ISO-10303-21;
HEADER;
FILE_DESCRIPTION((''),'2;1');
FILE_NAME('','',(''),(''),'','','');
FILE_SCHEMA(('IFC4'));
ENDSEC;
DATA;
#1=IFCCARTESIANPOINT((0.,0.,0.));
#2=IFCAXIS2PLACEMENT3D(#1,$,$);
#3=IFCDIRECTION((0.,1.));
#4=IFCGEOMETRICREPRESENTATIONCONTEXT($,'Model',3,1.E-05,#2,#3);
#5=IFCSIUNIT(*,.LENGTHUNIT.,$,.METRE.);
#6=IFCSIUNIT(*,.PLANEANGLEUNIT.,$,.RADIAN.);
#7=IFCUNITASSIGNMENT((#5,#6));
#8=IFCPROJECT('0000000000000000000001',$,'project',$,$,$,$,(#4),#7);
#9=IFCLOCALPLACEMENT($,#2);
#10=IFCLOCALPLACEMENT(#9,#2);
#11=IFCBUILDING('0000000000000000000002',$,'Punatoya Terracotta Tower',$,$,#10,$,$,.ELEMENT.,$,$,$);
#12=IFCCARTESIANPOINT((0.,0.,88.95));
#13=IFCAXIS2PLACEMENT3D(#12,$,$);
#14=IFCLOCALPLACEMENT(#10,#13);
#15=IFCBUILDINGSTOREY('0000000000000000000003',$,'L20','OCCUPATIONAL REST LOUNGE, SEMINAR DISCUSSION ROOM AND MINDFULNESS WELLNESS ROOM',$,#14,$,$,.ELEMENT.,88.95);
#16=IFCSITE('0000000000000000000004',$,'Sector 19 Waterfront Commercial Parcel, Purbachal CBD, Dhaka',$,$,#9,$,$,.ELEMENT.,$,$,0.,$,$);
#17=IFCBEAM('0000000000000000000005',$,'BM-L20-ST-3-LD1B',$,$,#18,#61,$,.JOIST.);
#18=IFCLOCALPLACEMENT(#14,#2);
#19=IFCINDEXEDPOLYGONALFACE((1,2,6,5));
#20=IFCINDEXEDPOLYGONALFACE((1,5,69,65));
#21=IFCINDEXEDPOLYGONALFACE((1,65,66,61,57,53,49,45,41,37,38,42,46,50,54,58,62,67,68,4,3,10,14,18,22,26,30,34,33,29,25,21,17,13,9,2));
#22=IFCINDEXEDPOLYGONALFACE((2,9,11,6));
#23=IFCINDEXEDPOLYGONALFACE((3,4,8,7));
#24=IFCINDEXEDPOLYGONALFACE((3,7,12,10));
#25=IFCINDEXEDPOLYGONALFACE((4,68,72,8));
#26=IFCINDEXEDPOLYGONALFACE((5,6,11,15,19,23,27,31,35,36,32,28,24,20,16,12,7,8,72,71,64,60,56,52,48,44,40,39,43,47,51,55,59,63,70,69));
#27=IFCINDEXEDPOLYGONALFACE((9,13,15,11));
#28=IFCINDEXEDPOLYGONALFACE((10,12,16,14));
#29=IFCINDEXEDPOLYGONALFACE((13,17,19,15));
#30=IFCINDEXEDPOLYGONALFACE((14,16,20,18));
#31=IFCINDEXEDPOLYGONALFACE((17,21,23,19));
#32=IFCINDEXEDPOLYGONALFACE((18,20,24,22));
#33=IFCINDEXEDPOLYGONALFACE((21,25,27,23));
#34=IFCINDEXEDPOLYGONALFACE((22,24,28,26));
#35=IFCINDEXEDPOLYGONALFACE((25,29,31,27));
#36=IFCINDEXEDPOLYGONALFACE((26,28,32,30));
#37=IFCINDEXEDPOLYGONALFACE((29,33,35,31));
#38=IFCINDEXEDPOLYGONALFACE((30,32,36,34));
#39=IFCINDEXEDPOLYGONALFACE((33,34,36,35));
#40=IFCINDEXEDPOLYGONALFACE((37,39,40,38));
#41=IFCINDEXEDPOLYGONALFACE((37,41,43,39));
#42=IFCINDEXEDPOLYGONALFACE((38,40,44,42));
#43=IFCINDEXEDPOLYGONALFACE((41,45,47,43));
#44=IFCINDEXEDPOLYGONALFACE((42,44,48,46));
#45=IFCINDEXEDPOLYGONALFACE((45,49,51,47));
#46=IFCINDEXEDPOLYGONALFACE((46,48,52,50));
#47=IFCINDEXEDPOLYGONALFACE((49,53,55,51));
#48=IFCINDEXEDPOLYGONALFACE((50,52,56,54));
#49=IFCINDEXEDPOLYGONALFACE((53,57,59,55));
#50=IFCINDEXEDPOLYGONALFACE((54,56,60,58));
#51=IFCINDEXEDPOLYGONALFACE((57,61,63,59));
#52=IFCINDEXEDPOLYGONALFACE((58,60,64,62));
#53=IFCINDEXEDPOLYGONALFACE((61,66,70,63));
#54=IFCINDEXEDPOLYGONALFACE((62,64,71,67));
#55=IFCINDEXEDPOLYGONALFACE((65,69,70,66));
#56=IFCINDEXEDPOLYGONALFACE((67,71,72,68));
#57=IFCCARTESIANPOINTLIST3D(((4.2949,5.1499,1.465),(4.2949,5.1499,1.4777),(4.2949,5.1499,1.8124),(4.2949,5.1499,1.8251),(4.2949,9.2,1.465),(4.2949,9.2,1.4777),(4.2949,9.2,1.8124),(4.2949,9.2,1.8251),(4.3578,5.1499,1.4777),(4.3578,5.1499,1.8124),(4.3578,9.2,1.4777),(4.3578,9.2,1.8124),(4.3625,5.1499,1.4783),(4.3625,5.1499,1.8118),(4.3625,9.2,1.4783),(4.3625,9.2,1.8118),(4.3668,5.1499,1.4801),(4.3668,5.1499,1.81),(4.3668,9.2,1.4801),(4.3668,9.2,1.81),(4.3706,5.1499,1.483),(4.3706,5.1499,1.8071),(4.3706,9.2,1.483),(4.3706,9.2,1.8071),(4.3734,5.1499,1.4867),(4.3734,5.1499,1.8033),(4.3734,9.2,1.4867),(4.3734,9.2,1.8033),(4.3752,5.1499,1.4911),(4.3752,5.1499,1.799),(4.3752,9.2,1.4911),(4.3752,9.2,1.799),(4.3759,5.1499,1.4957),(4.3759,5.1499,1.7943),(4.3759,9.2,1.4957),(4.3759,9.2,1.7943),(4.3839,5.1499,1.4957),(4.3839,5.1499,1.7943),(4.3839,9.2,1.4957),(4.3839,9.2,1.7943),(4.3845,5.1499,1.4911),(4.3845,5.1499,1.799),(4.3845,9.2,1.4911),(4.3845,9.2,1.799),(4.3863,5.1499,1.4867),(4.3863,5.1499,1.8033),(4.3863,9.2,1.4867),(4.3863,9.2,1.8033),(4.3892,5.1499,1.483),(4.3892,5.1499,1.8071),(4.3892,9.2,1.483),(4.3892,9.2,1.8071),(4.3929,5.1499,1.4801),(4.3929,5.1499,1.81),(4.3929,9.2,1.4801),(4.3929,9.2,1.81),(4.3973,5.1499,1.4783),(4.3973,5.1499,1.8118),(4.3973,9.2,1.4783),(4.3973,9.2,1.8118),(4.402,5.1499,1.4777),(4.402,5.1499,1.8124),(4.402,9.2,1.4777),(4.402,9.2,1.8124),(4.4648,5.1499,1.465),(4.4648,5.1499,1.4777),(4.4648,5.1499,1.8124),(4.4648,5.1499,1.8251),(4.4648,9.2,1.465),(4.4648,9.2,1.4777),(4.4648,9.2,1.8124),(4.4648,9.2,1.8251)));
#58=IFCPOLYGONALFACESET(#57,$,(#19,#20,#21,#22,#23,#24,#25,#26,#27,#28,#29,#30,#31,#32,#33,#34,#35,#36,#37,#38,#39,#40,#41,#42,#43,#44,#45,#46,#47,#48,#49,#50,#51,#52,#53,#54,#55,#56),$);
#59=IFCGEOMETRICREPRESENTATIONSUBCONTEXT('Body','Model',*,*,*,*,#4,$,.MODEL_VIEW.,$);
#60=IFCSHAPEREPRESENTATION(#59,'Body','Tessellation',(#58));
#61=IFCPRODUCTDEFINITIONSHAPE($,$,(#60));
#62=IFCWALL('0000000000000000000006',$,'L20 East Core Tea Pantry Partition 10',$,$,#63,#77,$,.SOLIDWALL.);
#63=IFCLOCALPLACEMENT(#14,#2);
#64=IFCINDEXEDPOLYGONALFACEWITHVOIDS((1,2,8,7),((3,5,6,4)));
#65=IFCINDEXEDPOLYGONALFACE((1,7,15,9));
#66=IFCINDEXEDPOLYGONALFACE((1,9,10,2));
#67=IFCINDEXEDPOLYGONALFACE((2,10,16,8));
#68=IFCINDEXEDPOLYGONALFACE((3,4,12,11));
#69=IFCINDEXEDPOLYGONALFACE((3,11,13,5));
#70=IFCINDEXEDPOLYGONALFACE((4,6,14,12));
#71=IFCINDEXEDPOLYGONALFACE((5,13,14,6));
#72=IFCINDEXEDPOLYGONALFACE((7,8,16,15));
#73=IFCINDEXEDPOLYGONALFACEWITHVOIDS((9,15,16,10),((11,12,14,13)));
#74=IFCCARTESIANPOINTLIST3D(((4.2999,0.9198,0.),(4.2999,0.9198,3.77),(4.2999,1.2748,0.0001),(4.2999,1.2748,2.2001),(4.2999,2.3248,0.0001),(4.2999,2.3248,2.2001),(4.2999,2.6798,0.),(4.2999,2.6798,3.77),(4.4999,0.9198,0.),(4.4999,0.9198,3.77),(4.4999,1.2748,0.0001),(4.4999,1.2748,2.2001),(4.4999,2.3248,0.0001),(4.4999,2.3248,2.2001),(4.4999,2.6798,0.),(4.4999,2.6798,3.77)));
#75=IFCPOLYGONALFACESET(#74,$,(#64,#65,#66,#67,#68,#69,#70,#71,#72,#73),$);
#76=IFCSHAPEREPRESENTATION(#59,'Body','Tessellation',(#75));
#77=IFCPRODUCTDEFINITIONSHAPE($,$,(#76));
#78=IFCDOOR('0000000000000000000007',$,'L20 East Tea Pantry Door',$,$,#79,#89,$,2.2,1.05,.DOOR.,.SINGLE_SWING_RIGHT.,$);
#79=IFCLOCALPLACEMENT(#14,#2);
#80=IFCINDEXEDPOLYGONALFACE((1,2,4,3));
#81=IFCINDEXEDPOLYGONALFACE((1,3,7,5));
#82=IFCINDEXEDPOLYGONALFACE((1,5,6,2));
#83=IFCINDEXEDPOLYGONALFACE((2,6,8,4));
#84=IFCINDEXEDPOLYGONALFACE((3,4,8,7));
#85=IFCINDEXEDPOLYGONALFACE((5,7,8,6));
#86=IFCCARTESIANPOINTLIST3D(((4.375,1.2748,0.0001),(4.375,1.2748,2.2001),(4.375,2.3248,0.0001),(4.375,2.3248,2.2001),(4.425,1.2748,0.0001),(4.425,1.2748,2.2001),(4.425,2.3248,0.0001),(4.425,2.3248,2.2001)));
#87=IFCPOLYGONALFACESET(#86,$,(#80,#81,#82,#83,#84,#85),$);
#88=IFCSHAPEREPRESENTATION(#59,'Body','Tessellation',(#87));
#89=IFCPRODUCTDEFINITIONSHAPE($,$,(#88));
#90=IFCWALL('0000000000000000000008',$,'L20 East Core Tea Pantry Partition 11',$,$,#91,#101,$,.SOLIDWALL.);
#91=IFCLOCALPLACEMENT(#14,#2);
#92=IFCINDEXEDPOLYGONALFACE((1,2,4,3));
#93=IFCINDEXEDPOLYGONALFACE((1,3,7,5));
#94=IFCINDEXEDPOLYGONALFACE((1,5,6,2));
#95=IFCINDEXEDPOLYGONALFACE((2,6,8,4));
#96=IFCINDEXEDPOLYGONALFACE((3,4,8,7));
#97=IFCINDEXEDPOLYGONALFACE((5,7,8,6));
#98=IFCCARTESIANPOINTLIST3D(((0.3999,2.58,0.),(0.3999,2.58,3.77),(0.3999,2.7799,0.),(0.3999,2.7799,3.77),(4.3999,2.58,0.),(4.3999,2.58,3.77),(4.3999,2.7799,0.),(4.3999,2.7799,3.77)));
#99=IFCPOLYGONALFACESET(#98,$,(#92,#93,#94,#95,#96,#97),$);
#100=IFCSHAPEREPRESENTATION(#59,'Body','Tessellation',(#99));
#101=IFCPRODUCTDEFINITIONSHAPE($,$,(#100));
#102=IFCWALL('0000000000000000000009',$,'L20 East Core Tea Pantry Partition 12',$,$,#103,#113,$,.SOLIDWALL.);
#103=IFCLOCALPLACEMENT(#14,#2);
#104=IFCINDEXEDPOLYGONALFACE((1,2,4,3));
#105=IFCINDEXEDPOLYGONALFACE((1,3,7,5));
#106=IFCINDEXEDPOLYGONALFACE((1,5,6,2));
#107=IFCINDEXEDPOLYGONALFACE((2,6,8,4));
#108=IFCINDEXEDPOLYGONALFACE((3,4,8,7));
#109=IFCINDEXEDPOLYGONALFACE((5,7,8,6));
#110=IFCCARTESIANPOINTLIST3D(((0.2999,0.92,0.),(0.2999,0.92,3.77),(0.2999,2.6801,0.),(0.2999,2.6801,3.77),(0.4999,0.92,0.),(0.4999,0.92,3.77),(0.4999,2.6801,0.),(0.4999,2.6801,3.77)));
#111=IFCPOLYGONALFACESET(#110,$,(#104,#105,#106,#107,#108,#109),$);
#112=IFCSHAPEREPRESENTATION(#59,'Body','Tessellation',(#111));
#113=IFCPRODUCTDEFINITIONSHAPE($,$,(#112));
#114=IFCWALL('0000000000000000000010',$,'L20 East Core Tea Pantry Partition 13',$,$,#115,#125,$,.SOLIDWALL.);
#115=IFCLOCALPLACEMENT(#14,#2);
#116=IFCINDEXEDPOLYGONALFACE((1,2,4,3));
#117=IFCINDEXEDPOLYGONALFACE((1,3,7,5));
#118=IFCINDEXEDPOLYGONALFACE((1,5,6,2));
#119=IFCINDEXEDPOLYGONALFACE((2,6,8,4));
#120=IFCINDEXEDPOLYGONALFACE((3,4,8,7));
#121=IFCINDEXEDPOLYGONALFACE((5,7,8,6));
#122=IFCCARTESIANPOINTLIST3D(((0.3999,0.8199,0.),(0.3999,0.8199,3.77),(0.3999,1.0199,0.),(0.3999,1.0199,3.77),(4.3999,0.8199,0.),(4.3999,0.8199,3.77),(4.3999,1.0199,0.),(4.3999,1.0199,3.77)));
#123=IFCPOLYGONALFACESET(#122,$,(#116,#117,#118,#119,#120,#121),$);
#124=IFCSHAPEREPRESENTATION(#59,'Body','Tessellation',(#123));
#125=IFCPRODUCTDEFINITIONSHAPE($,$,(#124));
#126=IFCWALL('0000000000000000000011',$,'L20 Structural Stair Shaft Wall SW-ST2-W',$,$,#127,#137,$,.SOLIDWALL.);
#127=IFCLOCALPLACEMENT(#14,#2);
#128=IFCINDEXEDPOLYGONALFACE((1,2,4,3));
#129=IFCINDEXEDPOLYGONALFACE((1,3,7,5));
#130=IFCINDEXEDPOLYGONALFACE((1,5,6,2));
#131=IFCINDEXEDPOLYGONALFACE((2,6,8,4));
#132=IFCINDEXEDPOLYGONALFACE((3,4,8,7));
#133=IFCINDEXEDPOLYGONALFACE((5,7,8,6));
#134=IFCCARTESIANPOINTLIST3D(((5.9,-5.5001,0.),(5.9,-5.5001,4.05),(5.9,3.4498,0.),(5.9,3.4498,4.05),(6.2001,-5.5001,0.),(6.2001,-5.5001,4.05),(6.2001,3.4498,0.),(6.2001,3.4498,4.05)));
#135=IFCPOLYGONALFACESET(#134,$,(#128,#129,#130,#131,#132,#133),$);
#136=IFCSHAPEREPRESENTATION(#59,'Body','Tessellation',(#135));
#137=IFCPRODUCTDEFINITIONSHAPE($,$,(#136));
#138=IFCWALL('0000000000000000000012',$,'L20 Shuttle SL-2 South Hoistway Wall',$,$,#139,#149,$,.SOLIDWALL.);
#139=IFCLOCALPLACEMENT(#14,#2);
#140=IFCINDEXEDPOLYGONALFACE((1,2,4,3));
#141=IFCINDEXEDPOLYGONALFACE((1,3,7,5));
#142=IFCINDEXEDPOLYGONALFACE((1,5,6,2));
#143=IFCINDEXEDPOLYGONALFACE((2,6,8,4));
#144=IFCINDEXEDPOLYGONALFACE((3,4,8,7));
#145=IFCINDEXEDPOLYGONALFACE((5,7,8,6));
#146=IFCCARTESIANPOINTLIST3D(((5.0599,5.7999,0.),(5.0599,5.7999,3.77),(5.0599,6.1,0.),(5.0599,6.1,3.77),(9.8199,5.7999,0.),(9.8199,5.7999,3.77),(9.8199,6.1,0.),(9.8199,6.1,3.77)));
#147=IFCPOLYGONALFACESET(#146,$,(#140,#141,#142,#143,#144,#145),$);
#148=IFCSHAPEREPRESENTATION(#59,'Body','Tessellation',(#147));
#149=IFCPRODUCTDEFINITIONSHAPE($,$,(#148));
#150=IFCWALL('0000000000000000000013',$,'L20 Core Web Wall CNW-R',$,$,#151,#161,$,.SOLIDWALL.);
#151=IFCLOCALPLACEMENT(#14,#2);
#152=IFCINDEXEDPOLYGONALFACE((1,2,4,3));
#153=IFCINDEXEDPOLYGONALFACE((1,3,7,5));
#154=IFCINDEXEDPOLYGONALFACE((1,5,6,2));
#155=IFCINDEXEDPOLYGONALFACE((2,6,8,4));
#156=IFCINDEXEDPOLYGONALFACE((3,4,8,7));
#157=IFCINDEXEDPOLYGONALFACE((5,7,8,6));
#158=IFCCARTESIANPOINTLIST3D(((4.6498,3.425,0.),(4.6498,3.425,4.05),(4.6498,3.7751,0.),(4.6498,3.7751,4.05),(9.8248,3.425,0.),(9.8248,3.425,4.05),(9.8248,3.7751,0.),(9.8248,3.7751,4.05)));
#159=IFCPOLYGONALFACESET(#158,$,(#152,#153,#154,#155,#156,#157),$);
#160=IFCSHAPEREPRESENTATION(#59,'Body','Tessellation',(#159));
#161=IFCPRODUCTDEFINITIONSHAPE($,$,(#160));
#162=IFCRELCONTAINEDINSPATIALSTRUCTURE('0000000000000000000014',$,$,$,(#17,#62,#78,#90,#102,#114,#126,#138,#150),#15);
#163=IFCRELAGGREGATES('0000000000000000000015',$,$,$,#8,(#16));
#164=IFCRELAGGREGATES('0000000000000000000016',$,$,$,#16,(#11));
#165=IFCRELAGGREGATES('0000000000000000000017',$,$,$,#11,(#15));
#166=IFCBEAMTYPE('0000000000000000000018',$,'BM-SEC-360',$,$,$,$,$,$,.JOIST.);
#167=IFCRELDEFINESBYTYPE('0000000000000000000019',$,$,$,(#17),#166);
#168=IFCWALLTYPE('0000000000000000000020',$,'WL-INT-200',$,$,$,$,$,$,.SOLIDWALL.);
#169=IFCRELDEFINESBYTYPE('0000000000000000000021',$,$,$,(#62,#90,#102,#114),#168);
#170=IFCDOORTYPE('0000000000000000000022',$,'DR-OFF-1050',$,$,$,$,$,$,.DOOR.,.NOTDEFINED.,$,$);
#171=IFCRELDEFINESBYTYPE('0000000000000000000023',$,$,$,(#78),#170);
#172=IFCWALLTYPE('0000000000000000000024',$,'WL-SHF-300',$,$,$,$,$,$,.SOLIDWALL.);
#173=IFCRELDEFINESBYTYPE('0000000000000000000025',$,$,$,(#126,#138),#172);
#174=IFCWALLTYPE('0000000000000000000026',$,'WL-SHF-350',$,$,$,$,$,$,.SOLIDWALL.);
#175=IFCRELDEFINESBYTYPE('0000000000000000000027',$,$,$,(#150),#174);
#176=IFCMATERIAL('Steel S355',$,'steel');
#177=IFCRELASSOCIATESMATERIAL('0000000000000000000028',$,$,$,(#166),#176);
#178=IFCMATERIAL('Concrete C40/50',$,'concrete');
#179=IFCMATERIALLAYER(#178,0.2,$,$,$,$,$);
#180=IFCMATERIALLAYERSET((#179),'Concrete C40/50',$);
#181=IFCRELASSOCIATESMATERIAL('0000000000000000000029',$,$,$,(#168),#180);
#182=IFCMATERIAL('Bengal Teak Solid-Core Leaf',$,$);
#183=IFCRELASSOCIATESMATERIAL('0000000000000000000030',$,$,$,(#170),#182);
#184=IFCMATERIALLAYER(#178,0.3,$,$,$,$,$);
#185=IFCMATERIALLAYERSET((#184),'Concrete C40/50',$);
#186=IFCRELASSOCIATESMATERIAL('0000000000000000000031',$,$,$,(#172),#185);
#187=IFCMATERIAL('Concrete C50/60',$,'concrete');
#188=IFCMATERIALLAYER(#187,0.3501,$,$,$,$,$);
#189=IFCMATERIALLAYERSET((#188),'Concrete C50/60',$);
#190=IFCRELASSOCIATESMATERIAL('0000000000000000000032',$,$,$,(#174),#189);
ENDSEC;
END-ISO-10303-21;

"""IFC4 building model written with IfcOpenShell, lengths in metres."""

from ifc_helpers import new_model, si_unit, direction, frame, frame_2d, origin, origin_2d, place, context, subcontext, project, spatial, rectangle, i_section, extrude, material, layer, layer_set, material_profile, profile_set, type_object, element, fill, save


model = new_model("IFC4")

# Units and contexts
model_context = context("Model", 3, precision=1e-05, world=origin(), true_north=direction((0.0, 1.0)))
body_context = subcontext(model_context, "Body", "Model", "MODEL_VIEW")
ifc_project = project(units=[si_unit("LENGTHUNIT", "METRE"), si_unit("PLANEANGLEUNIT", "RADIAN")], contexts=[model_context])

# Site, building, storey
site_placement = place(None, origin())
site = spatial("IfcSite", under=ifc_project, at=site_placement, Name="Sector 19 Waterfront Commercial Parcel, Purbachal CBD, Dhaka", CompositionType="ELEMENT", RefElevation=0.0)
building_placement = place(site_placement, origin())
building = spatial("IfcBuilding", under=site, at=building_placement, Name="Punatoya Terracotta Tower", CompositionType="ELEMENT")
storey_placement = place(building_placement, frame((0.0, 0.0, 88.95)))
storey = spatial("IfcBuildingStorey", under=building, at=storey_placement, Name="L20", Description="OCCUPATIONAL REST LOUNGE, SEMINAR DISCUSSION ROOM AND MINDFULNESS WELLNESS ROOM", CompositionType="ELEMENT", Elevation=88.95)

# Beam
ifc_material_1 = material(Name="Steel S355", Category="steel")
ifc_material_profile_1 = material_profile(ifc_material_1, i_section(OverallWidth=0.1699, OverallDepth=0.3601, WebThickness=0.0081, FlangeThickness=0.0127, FilletRadius=0.0181, at=origin_2d()))
ifc_profile_set_1 = profile_set([ifc_material_profile_1], Name="Steel S355")
beam_type_1 = type_object("IfcBeamType", Name="BM-SEC-360", PredefinedType="JOIST", material=ifc_profile_set_1)
for number, where, z_axis, x_axis, name in (
    (1, (4.3799, 5.1499, 1.645), (0.0, 1.0, 0.0), (-1.0, 0.0, 0.0), "BM-L20-ST-3-LD1B"),
):
    element("IfcBeam", number, at=place(storey_placement, frame(where, z_axis=z_axis, x_axis=x_axis)), inside=storey, type_object=beam_type_1, Name=name, PredefinedType="JOIST", context=body_context, shape_type="SweptSolid", body=[
        extrude(i_section(OverallWidth=0.1699, OverallDepth=0.3601, WebThickness=0.0081, FlangeThickness=0.0127, FilletRadius=0.0181, at=origin_2d()), origin(), (0.0, 0.0, 1.0), 4.05),
    ])

# Wall, opening, door
ifc_material_2 = material(Name="Concrete C40/50", Category="concrete")
ifc_layer_1 = layer(ifc_material_2, 0.2)
ifc_layer_set_1 = layer_set([ifc_layer_1], Name="Concrete C40/50")
wall_type_1 = type_object("IfcWallType", Name="WL-INT-200", PredefinedType="SOLIDWALL", material=ifc_layer_set_1)
wall_1_placement = place(storey_placement, frame((4.3999, 0.9199, 0.0), z_axis=(0.0, 0.0, 1.0), x_axis=(0.0, 1.0, 0.0)))
wall_1 = element("IfcWall", 2, at=wall_1_placement, inside=storey, type_object=wall_type_1, Name="L20 East Core Tea Pantry Partition 10", PredefinedType="SOLIDWALL", context=body_context, shape_type="SweptSolid", body=[
    extrude(rectangle(XDim=1.76, YDim=0.2, at=frame_2d((0.8799, 0.0))), origin(), (0.0, 0.0, 1.0), 3.77),
])
opening_placement = place(wall_1_placement, frame((0.355, 0.0, 0.0)))
opening = element("IfcOpeningElement", 3, at=opening_placement, cuts=wall_1, PredefinedType="OPENING", context=body_context, shape_type="SweptSolid", body=[
    extrude(rectangle(XDim=1.05, YDim=2.2, at=frame_2d((0.5249, 1.1001))), frame((0.0, 0.1099, 0.0), z_axis=(0.0, -1.0, 0.0), x_axis=(1.0, 0.0, 0.0)), (0.0, 0.0, 1.0), 0.22),
])
ifc_material_3 = material(Name="Bengal Teak Solid-Core Leaf")
door_type = type_object("IfcDoorType", Name="DR-OFF-1050", OperationType="NOTDEFINED", PredefinedType="DOOR", material=ifc_material_3)
door_placement = place(opening_placement, origin())
door = element("IfcDoor", 4, at=door_placement, inside=storey, type_object=door_type, Name="L20 East Tea Pantry Door", OperationType="SINGLE_SWING_RIGHT", OverallHeight=2.2, OverallWidth=1.05, PredefinedType="DOOR", context=body_context, shape_type="SweptSolid", body=[
    extrude(rectangle(XDim=1.05, YDim=2.2, at=frame_2d((0.5249, 1.1001))), frame((0.0, 0.0249, 0.0), z_axis=(0.0, -1.0, 0.0), x_axis=(1.0, 0.0, 0.0)), (0.0, 0.0, 1.0), 0.05),
])
fill(opening, door)

# Walls
wall_2_placement = place(storey_placement, frame((4.3999, 2.6799, 0.0), z_axis=(0.0, 0.0, 1.0), x_axis=(-1.0, 0.0, 0.0)))
element("IfcWall", 5, at=wall_2_placement, inside=storey, type_object=wall_type_1, Name="L20 East Core Tea Pantry Partition 11", PredefinedType="SOLIDWALL", context=body_context, shape_type="SweptSolid", body=[
    extrude(rectangle(XDim=4.0, YDim=0.2, at=frame_2d((2.0, 0.0))), origin(), (0.0, 0.0, 1.0), 3.77),
])
wall_3_placement = place(storey_placement, frame((0.3999, 2.6799, 0.0), z_axis=(0.0, 0.0, 1.0), x_axis=(0.0, -1.0, 0.0)))
element("IfcWall", 6, at=wall_3_placement, inside=storey, type_object=wall_type_1, Name="L20 East Core Tea Pantry Partition 12", PredefinedType="SOLIDWALL", context=body_context, shape_type="SweptSolid", body=[
    extrude(rectangle(XDim=1.76, YDim=0.2, at=frame_2d((0.8799, 0.0))), origin(), (0.0, 0.0, 1.0), 3.77),
])
wall_4_placement = place(storey_placement, frame((0.3999, 0.9199, 0.0), z_axis=(0.0, 0.0, 1.0), x_axis=(1.0, 0.0, 0.0)))
element("IfcWall", 7, at=wall_4_placement, inside=storey, type_object=wall_type_1, Name="L20 East Core Tea Pantry Partition 13", PredefinedType="SOLIDWALL", context=body_context, shape_type="SweptSolid", body=[
    extrude(rectangle(XDim=4.0, YDim=0.2, at=frame_2d((2.0, 0.0))), origin(), (0.0, 0.0, 1.0), 3.77),
])
ifc_layer_2 = layer(ifc_material_2, 0.3)
ifc_layer_set_2 = layer_set([ifc_layer_2], Name="Concrete C40/50")
wall_type_2 = type_object("IfcWallType", Name="WL-SHF-300", PredefinedType="SOLIDWALL", material=ifc_layer_set_2)
wall_5_placement = place(storey_placement, frame((6.05, 3.45, 0.0), z_axis=(0.0, 0.0, 1.0), x_axis=(0.0, -1.0, 0.0)))
element("IfcWall", 8, at=wall_5_placement, inside=storey, type_object=wall_type_2, Name="L20 Structural Stair Shaft Wall SW-ST2-W", PredefinedType="SOLIDWALL", context=body_context, shape_type="SweptSolid", body=[
    extrude(rectangle(XDim=8.95, YDim=0.3, at=frame_2d((4.4751, 0.0))), origin(), (0.0, 0.0, 1.0), 4.05),
])
wall_6_placement = place(storey_placement, frame((5.0601, 5.95, 0.0), z_axis=(0.0, 0.0, 1.0), x_axis=(1.0, 0.0, 0.0)))
element("IfcWall", 9, at=wall_6_placement, inside=storey, type_object=wall_type_2, Name="L20 Shuttle SL-2 South Hoistway Wall", PredefinedType="SOLIDWALL", context=body_context, shape_type="SweptSolid", body=[
    extrude(rectangle(XDim=4.76, YDim=0.3, at=frame_2d((2.3799, 0.0))), origin(), (0.0, 0.0, 1.0), 3.77),
])
ifc_material_4 = material(Name="Concrete C50/60", Category="concrete")
ifc_layer_3 = layer(ifc_material_4, 0.3501)
ifc_layer_set_3 = layer_set([ifc_layer_3], Name="Concrete C50/60")
wall_type_3 = type_object("IfcWallType", Name="WL-SHF-350", PredefinedType="SOLIDWALL", material=ifc_layer_set_3)
wall_7_placement = place(storey_placement, frame((4.6499, 3.6001, 0.0), z_axis=(0.0, 0.0, 1.0), x_axis=(1.0, 0.0, 0.0)))
element("IfcWall", 10, at=wall_7_placement, inside=storey, type_object=wall_type_3, Name="L20 Core Web Wall CNW-R", PredefinedType="SOLIDWALL", context=body_context, shape_type="SweptSolid", body=[
    extrude(rectangle(XDim=5.175, YDim=0.3501, at=frame_2d((2.5874, 0.0))), origin(), (0.0, 0.0, 1.0), 4.05),
])

save(model, "model.ifc")
